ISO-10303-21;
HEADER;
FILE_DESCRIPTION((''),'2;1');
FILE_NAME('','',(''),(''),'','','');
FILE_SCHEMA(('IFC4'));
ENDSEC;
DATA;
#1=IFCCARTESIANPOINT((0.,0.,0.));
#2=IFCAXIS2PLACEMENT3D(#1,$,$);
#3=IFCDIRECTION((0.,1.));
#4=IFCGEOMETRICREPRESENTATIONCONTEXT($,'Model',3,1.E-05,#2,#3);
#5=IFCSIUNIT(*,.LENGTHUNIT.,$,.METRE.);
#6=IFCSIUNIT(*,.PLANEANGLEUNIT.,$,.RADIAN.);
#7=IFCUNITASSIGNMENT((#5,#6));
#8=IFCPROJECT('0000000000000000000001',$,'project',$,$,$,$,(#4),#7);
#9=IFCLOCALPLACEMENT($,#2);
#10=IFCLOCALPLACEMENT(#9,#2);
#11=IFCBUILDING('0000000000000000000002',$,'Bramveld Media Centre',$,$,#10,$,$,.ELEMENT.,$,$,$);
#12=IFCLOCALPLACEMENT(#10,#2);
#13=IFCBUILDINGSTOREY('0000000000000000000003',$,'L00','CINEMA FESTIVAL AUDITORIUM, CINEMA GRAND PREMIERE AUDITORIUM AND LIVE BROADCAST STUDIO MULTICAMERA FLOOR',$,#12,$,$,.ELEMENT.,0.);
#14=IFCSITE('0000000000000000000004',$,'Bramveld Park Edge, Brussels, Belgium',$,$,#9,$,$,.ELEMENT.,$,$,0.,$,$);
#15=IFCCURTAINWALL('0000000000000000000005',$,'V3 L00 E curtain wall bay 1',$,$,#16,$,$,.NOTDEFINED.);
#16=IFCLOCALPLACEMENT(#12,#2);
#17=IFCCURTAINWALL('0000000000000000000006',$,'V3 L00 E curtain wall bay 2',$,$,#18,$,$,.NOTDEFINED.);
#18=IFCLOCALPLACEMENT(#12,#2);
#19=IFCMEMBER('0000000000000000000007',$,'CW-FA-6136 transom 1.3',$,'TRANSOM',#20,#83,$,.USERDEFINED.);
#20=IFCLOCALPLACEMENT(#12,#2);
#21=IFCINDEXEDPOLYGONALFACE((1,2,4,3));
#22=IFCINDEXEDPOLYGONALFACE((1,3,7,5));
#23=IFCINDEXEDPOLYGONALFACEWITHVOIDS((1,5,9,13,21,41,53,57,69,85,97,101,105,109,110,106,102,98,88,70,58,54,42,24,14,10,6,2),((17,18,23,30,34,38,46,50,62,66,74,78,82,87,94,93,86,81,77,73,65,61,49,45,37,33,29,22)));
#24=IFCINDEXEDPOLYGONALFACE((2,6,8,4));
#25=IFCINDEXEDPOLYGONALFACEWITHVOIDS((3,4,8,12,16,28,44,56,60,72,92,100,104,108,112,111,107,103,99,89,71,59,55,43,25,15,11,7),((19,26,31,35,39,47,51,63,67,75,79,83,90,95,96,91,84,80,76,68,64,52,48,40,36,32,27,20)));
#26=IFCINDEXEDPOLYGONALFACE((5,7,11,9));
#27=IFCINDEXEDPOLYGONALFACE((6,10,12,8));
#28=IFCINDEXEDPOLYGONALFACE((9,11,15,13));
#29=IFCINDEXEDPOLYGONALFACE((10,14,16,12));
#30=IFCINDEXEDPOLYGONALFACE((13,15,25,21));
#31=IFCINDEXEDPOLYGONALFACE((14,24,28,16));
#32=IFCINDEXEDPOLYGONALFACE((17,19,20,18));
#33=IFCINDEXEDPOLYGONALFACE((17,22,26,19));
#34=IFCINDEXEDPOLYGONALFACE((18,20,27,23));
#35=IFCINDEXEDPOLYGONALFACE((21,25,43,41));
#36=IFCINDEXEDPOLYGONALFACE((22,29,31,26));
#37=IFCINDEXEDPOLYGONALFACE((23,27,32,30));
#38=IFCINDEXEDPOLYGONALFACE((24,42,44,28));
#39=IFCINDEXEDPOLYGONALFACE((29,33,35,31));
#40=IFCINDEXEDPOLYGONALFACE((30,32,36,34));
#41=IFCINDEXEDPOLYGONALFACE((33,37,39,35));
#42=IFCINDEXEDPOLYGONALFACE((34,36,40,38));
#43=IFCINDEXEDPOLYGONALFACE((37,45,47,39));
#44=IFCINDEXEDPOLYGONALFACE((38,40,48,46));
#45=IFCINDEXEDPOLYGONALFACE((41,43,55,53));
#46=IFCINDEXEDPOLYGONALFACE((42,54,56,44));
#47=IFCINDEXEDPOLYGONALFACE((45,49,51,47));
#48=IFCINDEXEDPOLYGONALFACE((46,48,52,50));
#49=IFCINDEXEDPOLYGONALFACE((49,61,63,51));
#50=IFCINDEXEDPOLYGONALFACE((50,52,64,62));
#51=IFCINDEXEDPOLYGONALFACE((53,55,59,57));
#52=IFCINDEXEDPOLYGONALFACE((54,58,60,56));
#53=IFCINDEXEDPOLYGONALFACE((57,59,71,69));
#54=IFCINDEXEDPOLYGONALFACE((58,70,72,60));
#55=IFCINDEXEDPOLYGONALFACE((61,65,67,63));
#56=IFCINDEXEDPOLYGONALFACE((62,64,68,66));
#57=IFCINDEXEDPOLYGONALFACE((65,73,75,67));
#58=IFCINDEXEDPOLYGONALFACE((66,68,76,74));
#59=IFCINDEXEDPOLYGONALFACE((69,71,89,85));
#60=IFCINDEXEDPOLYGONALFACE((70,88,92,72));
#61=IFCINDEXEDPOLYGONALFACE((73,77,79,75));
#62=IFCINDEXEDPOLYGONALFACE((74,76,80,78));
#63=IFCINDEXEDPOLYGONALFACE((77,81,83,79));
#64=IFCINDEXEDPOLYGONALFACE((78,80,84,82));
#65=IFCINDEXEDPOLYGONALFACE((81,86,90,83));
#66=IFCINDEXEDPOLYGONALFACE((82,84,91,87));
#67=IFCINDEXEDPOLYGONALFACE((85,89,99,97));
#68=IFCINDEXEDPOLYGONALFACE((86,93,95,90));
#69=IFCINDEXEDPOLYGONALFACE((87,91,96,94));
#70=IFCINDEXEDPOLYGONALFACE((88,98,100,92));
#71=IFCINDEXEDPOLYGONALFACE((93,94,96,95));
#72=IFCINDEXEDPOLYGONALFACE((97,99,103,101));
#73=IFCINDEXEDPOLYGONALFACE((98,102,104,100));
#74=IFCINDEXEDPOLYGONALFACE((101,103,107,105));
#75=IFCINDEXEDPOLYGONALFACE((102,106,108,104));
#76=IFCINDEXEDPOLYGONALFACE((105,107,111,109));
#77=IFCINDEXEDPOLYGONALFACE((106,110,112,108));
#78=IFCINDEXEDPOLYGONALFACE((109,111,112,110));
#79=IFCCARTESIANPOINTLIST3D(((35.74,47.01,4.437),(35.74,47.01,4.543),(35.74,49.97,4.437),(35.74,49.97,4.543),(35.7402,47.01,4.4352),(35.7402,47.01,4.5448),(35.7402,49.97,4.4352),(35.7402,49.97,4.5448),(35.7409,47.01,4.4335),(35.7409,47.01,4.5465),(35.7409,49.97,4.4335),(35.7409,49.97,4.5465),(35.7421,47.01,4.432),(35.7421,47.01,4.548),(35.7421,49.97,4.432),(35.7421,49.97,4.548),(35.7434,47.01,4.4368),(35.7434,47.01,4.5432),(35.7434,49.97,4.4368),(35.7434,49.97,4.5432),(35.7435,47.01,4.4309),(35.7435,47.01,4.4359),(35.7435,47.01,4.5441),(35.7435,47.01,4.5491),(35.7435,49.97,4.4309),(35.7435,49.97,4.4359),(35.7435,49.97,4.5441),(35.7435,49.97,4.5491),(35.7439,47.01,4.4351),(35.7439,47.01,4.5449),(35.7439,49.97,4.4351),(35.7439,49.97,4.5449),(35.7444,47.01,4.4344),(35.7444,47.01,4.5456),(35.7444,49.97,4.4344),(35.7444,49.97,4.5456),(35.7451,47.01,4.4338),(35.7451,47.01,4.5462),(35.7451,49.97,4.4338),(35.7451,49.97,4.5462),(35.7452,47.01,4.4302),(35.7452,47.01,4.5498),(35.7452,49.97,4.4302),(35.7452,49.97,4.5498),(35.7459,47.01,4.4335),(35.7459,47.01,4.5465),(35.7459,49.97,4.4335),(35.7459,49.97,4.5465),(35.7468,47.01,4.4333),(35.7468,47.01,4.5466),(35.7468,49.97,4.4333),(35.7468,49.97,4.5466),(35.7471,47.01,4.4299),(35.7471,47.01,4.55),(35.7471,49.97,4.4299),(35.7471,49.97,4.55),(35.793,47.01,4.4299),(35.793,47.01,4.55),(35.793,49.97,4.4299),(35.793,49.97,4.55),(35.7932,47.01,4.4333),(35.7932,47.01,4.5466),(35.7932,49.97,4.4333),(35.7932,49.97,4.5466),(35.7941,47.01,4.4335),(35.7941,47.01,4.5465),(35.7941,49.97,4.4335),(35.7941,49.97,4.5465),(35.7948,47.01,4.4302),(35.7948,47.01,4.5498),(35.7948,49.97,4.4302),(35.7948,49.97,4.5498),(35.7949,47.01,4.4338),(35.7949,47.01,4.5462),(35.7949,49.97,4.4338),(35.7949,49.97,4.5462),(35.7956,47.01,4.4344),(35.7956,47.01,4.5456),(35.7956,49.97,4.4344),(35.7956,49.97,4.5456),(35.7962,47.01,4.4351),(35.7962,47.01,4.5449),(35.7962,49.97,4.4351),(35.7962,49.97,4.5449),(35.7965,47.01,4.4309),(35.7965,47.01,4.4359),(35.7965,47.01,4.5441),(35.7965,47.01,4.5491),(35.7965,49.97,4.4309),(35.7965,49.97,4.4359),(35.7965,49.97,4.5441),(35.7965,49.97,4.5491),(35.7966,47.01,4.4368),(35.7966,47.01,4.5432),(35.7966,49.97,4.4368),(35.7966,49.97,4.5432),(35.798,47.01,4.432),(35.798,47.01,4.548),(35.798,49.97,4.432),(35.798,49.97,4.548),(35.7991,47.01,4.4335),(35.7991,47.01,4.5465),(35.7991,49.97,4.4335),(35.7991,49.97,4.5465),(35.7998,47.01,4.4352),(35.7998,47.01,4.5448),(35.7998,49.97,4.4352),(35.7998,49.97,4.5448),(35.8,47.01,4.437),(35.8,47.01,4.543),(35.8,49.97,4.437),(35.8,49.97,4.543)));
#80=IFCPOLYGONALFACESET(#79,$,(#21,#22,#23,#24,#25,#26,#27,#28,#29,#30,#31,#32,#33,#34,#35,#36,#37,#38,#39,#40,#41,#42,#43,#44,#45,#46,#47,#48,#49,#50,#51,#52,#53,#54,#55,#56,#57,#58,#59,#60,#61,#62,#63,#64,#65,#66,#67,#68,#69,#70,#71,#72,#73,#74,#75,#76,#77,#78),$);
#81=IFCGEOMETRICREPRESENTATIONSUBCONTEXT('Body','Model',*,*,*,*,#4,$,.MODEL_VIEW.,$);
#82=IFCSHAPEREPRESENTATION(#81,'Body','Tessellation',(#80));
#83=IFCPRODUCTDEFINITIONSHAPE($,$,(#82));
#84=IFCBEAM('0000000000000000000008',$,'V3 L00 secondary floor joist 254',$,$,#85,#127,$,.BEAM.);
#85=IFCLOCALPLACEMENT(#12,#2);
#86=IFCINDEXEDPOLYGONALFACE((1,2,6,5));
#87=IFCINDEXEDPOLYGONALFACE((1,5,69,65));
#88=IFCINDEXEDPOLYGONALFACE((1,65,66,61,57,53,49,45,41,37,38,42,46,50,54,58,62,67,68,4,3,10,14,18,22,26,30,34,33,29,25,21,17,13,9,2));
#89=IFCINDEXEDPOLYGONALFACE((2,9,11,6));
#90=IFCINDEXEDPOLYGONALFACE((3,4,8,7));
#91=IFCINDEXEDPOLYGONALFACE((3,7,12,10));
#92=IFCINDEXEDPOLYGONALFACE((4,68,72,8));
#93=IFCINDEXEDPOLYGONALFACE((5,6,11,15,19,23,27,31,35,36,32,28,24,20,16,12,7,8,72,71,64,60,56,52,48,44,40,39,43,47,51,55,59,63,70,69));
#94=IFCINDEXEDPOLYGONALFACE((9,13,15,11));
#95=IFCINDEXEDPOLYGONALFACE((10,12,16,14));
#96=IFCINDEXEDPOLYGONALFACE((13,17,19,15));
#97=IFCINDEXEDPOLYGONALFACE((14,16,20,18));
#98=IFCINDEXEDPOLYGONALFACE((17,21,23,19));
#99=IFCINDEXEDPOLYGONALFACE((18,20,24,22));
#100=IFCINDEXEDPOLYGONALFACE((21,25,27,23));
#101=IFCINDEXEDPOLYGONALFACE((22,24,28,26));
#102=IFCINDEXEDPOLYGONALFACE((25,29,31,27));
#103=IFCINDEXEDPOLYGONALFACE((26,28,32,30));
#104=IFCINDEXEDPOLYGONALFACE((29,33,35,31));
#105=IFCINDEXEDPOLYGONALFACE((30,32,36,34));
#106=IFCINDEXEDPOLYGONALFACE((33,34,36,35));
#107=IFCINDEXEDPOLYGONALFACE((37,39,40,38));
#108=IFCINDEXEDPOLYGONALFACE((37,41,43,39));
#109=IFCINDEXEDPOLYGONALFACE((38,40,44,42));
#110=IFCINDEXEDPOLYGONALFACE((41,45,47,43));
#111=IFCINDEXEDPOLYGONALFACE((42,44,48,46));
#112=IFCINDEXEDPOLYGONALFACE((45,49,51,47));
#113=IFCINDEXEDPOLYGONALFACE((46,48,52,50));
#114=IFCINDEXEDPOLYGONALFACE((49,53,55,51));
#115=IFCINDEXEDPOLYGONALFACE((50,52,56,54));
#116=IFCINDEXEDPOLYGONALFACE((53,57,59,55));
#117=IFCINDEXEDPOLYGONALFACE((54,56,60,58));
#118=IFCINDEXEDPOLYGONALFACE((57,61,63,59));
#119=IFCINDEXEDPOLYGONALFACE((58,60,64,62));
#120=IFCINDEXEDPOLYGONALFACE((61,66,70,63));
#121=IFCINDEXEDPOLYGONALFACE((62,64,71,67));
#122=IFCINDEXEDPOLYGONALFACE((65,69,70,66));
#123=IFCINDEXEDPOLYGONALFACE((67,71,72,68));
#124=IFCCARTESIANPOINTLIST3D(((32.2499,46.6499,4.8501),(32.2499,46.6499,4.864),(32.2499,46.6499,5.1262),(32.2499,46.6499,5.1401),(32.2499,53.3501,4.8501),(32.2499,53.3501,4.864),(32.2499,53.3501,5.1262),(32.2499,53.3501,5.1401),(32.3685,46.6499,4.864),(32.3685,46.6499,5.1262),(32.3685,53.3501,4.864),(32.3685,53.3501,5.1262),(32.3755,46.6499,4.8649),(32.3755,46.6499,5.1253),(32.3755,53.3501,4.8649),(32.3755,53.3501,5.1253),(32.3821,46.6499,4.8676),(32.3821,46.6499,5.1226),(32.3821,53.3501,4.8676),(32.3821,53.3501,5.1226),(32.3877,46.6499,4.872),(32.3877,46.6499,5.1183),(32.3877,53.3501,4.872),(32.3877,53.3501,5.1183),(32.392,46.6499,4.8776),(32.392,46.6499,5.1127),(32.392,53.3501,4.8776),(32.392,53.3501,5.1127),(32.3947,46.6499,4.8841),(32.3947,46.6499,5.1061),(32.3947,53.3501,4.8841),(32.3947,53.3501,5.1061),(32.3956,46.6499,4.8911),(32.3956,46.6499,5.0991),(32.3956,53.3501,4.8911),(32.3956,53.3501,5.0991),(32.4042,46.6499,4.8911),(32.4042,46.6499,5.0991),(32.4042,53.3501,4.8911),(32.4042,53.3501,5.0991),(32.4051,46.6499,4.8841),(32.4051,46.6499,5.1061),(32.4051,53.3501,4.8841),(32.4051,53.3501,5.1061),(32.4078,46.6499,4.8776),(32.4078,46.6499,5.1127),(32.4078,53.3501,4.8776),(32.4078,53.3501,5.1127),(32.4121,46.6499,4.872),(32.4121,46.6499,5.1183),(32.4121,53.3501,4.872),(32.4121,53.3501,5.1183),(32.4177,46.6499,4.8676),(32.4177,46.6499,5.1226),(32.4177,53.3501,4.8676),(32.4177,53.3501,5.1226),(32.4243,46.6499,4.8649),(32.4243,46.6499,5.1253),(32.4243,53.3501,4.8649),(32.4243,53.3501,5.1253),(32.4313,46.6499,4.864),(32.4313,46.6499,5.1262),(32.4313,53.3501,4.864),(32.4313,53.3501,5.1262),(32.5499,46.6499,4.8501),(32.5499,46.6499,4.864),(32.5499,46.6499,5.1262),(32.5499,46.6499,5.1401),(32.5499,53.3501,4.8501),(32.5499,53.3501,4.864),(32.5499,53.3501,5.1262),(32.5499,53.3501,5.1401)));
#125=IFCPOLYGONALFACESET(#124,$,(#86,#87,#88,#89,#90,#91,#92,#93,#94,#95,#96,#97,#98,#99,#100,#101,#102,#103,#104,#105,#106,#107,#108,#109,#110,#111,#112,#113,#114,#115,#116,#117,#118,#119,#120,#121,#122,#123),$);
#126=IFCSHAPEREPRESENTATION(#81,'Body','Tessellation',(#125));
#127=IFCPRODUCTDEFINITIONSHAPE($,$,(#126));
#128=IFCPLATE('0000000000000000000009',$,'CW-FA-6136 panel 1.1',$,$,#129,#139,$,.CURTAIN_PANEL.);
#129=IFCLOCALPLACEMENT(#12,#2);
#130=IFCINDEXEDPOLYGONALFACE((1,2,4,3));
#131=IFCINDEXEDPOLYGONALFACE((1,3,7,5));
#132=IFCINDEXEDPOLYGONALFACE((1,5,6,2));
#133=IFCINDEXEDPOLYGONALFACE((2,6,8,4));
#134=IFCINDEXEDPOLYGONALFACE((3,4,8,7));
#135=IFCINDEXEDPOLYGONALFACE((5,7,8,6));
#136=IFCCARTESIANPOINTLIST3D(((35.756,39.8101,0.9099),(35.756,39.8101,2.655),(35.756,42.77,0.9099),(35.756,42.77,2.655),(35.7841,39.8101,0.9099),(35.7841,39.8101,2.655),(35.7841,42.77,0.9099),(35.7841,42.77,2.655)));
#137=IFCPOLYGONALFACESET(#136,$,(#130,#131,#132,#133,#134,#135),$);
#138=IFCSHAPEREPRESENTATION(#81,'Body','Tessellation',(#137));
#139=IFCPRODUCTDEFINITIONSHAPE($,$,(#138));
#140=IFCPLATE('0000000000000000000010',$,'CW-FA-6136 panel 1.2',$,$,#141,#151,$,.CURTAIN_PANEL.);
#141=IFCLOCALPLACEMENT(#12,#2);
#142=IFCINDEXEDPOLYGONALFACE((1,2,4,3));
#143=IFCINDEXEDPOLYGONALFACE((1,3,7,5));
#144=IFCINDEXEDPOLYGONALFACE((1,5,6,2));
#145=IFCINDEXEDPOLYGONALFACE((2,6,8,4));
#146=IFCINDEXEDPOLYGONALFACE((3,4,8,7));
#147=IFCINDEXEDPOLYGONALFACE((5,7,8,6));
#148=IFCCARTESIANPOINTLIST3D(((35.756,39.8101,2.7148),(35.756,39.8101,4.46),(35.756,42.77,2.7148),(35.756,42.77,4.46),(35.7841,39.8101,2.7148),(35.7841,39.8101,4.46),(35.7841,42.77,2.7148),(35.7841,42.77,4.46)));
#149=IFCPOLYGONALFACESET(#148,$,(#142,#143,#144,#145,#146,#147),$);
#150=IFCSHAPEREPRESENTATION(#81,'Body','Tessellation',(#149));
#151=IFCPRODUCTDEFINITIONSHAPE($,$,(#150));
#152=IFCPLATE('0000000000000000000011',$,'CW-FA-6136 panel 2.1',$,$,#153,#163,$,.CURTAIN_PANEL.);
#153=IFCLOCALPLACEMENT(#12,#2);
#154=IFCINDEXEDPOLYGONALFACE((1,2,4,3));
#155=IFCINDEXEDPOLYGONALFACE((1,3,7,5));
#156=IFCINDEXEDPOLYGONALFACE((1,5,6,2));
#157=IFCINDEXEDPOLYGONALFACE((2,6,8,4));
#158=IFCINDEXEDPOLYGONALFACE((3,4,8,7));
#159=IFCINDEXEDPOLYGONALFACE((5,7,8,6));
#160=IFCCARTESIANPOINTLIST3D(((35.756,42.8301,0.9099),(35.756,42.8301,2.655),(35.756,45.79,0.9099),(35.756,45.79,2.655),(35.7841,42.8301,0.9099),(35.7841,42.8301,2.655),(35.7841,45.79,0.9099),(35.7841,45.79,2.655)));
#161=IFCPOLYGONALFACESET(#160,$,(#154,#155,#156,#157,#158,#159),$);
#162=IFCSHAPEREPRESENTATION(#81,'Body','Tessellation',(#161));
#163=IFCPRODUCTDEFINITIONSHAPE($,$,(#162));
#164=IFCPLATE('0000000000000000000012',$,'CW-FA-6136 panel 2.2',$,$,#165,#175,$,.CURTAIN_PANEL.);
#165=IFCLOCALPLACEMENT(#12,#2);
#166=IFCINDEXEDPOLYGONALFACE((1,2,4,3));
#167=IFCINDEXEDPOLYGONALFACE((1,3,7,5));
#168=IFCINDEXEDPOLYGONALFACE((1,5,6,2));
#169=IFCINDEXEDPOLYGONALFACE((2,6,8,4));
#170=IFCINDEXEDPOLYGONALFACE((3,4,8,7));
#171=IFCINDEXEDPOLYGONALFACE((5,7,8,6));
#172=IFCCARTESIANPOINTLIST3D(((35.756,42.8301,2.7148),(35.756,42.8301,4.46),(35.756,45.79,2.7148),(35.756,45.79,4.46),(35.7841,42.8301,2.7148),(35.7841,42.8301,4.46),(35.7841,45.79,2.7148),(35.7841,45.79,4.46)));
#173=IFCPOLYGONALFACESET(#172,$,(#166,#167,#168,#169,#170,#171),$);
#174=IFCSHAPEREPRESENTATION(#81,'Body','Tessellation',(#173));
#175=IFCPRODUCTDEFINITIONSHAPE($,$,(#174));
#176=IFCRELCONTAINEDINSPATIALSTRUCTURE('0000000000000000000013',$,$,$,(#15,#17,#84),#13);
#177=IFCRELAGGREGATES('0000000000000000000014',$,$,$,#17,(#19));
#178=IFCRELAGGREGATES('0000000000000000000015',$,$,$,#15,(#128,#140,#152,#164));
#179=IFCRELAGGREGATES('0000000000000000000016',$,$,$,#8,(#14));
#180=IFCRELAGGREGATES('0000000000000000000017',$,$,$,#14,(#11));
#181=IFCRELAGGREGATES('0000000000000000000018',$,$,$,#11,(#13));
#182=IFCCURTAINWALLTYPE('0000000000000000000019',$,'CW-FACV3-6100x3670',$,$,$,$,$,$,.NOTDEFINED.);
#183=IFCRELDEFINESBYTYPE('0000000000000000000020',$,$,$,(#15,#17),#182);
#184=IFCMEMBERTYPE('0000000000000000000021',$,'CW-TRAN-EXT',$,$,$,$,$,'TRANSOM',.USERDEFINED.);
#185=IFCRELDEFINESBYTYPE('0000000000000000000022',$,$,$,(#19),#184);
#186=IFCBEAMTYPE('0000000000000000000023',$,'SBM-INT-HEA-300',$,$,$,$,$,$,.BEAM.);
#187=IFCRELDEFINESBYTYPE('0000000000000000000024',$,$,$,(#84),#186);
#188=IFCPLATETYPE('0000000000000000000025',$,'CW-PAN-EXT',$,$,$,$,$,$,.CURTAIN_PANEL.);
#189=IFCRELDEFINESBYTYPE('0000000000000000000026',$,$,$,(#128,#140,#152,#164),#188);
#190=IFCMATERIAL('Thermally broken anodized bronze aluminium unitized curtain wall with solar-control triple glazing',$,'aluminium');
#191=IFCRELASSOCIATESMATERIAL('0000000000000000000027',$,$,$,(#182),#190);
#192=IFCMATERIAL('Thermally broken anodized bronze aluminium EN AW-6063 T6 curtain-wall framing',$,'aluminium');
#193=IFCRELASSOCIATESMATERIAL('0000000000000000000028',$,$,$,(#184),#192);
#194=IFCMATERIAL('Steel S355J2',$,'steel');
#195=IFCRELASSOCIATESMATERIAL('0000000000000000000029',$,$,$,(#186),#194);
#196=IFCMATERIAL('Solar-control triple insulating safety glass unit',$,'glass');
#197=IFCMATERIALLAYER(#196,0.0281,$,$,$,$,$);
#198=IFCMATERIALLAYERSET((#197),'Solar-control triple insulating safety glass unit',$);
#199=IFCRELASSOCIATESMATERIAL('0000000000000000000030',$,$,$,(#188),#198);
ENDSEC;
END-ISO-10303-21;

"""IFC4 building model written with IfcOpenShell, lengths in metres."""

from ifc_helpers import new_model, si_unit, direction, frame, origin, origin_2d, place, context, subcontext, project, spatial, rectangle, hollow_rectangle, i_section, extrude, material, layer, layer_set, material_profile, profile_set, type_object, element, aggregate, save


model = new_model("IFC4")

# Units and contexts
model_context = context("Model", 3, precision=1e-05, world=origin(), true_north=direction((0.0, 1.0)))
body_context = subcontext(model_context, "Body", "Model", "MODEL_VIEW")
ifc_project = project(units=[si_unit("LENGTHUNIT", "METRE"), si_unit("PLANEANGLEUNIT", "RADIAN")], contexts=[model_context])

# Site, building, storey
site_placement = place(None, origin())
site = spatial("IfcSite", under=ifc_project, at=site_placement, Name="Bramveld Park Edge, Brussels, Belgium", CompositionType="ELEMENT", RefElevation=0.0)
building_placement = place(site_placement, origin())
building = spatial("IfcBuilding", under=site, at=building_placement, Name="Bramveld Media Centre", CompositionType="ELEMENT")
storey_placement = place(building_placement, origin())
storey = spatial("IfcBuildingStorey", under=building, at=storey_placement, Name="L00", Description="CINEMA FESTIVAL AUDITORIUM, CINEMA GRAND PREMIERE AUDITORIUM AND LIVE BROADCAST STUDIO MULTICAMERA FLOOR", CompositionType="ELEMENT", Elevation=0.0)

# Curtain wall
ifc_material_1 = material(Name="Thermally broken anodized bronze aluminium unitized curtain wall with solar-control triple glazing", Category="aluminium")
curtain_wall_type = type_object("IfcCurtainWallType", Name="CW-FACV3-6100x3670", PredefinedType="NOTDEFINED", material=ifc_material_1)
curtain_wall_1_placement = place(storey_placement, origin())
curtain_wall_1 = element("IfcCurtainWall", 1, at=curtain_wall_1_placement, inside=storey, type_object=curtain_wall_type, Name="V3 L00 E curtain wall bay 1", PredefinedType="NOTDEFINED")

# Curtain wall
curtain_wall_2_placement = place(storey_placement, origin())
curtain_wall_2 = element("IfcCurtainWall", 2, at=curtain_wall_2_placement, inside=storey, type_object=curtain_wall_type, Name="V3 L00 E curtain wall bay 2", PredefinedType="NOTDEFINED")

# Member
ifc_material_2 = material(Name="Thermally broken anodized bronze aluminium EN AW-6063 T6 curtain-wall framing", Category="aluminium")
ifc_material_profile_1 = material_profile(ifc_material_2, hollow_rectangle(XDim=0.0601, YDim=0.1201, WallThickness=0.0034, InnerFilletRadius=0.0034, OuterFilletRadius=0.0071, at=origin_2d()), Name="AL-TRAN 60x120")
ifc_profile_set_1 = profile_set([ifc_material_profile_1], Name="Thermally broken anodized bronze aluminium EN AW-6063 T6 curtain-wall framing")
member_type_1 = type_object("IfcMemberType", Name="CW-TRAN-EXT", ElementType="TRANSOM", PredefinedType="USERDEFINED", material=ifc_profile_set_1)
member_1_placement = place(storey_placement, frame((35.77, 47.01, 4.49), z_axis=(0.0, 1.0, 0.0), x_axis=(-1.0, 0.0, 0.0)))
member_1 = element("IfcMember", 3, at=member_1_placement, type_object=member_type_1, Name="CW-FA-6136 transom 1.3", ObjectType="TRANSOM", PredefinedType="USERDEFINED", context=body_context, shape_type="SweptSolid", body=[
    extrude(hollow_rectangle(XDim=0.0601, YDim=0.1201, WallThickness=0.0034, InnerFilletRadius=0.0034, OuterFilletRadius=0.0071, at=origin_2d()), origin(), (0.0, 0.0, 1.0), 2.96),
])
aggregate(curtain_wall_2, [member_1])

# Beam
ifc_material_3 = material(Name="Steel S355J2", Category="steel")
ifc_material_profile_2 = material_profile(ifc_material_3, i_section(OverallWidth=0.3, OverallDepth=0.29, WebThickness=0.0085, FlangeThickness=0.0139, FilletRadius=0.0271, at=origin_2d()), Name="HEA 300")
ifc_profile_set_2 = profile_set([ifc_material_profile_2], Name="Steel S355J2")
beam_type_1 = type_object("IfcBeamType", Name="SBM-INT-HEA-300", PredefinedType="BEAM", material=ifc_profile_set_2)
beam_1_placement = place(storey_placement, frame((32.3999, 46.6499, 4.9951), z_axis=(0.0, 1.0, 0.0), x_axis=(-1.0, 0.0, 0.0)))
element("IfcBeam", 4, at=beam_1_placement, inside=storey, type_object=beam_type_1, Name="V3 L00 secondary floor joist 254", PredefinedType="BEAM", context=body_context, shape_type="SweptSolid", body=[
    extrude(i_section(OverallWidth=0.3, OverallDepth=0.29, WebThickness=0.0085, FlangeThickness=0.0139, FilletRadius=0.0271, at=origin_2d()), origin(), (0.0, 0.0, 1.0), 6.7002),
])

# Plates
ifc_material_4 = material(Name="Solar-control triple insulating safety glass unit", Category="glass")
ifc_layer = layer(ifc_material_4, 0.0281)
ifc_layer_set = layer_set([ifc_layer], Name="Solar-control triple insulating safety glass unit")
plate_type = type_object("IfcPlateType", Name="CW-PAN-EXT", PredefinedType="CURTAIN_PANEL", material=ifc_layer_set)
plate_1_placement = place(storey_placement, frame((35.77, 41.29, 0.9099), z_axis=(0.0, 0.0, 1.0), x_axis=(0.0, 1.0, 0.0)))
plate_1 = element("IfcPlate", 5, at=plate_1_placement, type_object=plate_type, Name="CW-FA-6136 panel 1.1", PredefinedType="CURTAIN_PANEL", context=body_context, shape_type="SweptSolid", body=[
    extrude(rectangle(XDim=2.96, YDim=0.0281, at=origin_2d()), origin(), (0.0, 0.0, 1.0), 1.7451),
])
plate_2_placement = place(storey_placement, frame((35.77, 41.29, 2.7148), z_axis=(0.0, 0.0, 1.0), x_axis=(0.0, 1.0, 0.0)))
plate_2 = element("IfcPlate", 6, at=plate_2_placement, type_object=plate_type, Name="CW-FA-6136 panel 1.2", PredefinedType="CURTAIN_PANEL", context=body_context, shape_type="SweptSolid", body=[
    extrude(rectangle(XDim=2.96, YDim=0.0281, at=origin_2d()), origin(), (0.0, 0.0, 1.0), 1.7451),
])
plate_3_placement = place(storey_placement, frame((35.77, 44.3101, 0.9099), z_axis=(0.0, 0.0, 1.0), x_axis=(0.0, 1.0, 0.0)))
plate_3 = element("IfcPlate", 7, at=plate_3_placement, type_object=plate_type, Name="CW-FA-6136 panel 2.1", PredefinedType="CURTAIN_PANEL", context=body_context, shape_type="SweptSolid", body=[
    extrude(rectangle(XDim=2.96, YDim=0.0281, at=origin_2d()), origin(), (0.0, 0.0, 1.0), 1.7451),
])
plate_4_placement = place(storey_placement, frame((35.77, 44.3101, 2.7148), z_axis=(0.0, 0.0, 1.0), x_axis=(0.0, 1.0, 0.0)))
plate_4 = element("IfcPlate", 8, at=plate_4_placement, type_object=plate_type, Name="CW-FA-6136 panel 2.2", PredefinedType="CURTAIN_PANEL", context=body_context, shape_type="SweptSolid", body=[
    extrude(rectangle(XDim=2.96, YDim=0.0281, at=origin_2d()), origin(), (0.0, 0.0, 1.0), 1.7451),
])
aggregate(curtain_wall_1, [plate_1, plate_2, plate_3, plate_4])

save(model, "model.ifc")
